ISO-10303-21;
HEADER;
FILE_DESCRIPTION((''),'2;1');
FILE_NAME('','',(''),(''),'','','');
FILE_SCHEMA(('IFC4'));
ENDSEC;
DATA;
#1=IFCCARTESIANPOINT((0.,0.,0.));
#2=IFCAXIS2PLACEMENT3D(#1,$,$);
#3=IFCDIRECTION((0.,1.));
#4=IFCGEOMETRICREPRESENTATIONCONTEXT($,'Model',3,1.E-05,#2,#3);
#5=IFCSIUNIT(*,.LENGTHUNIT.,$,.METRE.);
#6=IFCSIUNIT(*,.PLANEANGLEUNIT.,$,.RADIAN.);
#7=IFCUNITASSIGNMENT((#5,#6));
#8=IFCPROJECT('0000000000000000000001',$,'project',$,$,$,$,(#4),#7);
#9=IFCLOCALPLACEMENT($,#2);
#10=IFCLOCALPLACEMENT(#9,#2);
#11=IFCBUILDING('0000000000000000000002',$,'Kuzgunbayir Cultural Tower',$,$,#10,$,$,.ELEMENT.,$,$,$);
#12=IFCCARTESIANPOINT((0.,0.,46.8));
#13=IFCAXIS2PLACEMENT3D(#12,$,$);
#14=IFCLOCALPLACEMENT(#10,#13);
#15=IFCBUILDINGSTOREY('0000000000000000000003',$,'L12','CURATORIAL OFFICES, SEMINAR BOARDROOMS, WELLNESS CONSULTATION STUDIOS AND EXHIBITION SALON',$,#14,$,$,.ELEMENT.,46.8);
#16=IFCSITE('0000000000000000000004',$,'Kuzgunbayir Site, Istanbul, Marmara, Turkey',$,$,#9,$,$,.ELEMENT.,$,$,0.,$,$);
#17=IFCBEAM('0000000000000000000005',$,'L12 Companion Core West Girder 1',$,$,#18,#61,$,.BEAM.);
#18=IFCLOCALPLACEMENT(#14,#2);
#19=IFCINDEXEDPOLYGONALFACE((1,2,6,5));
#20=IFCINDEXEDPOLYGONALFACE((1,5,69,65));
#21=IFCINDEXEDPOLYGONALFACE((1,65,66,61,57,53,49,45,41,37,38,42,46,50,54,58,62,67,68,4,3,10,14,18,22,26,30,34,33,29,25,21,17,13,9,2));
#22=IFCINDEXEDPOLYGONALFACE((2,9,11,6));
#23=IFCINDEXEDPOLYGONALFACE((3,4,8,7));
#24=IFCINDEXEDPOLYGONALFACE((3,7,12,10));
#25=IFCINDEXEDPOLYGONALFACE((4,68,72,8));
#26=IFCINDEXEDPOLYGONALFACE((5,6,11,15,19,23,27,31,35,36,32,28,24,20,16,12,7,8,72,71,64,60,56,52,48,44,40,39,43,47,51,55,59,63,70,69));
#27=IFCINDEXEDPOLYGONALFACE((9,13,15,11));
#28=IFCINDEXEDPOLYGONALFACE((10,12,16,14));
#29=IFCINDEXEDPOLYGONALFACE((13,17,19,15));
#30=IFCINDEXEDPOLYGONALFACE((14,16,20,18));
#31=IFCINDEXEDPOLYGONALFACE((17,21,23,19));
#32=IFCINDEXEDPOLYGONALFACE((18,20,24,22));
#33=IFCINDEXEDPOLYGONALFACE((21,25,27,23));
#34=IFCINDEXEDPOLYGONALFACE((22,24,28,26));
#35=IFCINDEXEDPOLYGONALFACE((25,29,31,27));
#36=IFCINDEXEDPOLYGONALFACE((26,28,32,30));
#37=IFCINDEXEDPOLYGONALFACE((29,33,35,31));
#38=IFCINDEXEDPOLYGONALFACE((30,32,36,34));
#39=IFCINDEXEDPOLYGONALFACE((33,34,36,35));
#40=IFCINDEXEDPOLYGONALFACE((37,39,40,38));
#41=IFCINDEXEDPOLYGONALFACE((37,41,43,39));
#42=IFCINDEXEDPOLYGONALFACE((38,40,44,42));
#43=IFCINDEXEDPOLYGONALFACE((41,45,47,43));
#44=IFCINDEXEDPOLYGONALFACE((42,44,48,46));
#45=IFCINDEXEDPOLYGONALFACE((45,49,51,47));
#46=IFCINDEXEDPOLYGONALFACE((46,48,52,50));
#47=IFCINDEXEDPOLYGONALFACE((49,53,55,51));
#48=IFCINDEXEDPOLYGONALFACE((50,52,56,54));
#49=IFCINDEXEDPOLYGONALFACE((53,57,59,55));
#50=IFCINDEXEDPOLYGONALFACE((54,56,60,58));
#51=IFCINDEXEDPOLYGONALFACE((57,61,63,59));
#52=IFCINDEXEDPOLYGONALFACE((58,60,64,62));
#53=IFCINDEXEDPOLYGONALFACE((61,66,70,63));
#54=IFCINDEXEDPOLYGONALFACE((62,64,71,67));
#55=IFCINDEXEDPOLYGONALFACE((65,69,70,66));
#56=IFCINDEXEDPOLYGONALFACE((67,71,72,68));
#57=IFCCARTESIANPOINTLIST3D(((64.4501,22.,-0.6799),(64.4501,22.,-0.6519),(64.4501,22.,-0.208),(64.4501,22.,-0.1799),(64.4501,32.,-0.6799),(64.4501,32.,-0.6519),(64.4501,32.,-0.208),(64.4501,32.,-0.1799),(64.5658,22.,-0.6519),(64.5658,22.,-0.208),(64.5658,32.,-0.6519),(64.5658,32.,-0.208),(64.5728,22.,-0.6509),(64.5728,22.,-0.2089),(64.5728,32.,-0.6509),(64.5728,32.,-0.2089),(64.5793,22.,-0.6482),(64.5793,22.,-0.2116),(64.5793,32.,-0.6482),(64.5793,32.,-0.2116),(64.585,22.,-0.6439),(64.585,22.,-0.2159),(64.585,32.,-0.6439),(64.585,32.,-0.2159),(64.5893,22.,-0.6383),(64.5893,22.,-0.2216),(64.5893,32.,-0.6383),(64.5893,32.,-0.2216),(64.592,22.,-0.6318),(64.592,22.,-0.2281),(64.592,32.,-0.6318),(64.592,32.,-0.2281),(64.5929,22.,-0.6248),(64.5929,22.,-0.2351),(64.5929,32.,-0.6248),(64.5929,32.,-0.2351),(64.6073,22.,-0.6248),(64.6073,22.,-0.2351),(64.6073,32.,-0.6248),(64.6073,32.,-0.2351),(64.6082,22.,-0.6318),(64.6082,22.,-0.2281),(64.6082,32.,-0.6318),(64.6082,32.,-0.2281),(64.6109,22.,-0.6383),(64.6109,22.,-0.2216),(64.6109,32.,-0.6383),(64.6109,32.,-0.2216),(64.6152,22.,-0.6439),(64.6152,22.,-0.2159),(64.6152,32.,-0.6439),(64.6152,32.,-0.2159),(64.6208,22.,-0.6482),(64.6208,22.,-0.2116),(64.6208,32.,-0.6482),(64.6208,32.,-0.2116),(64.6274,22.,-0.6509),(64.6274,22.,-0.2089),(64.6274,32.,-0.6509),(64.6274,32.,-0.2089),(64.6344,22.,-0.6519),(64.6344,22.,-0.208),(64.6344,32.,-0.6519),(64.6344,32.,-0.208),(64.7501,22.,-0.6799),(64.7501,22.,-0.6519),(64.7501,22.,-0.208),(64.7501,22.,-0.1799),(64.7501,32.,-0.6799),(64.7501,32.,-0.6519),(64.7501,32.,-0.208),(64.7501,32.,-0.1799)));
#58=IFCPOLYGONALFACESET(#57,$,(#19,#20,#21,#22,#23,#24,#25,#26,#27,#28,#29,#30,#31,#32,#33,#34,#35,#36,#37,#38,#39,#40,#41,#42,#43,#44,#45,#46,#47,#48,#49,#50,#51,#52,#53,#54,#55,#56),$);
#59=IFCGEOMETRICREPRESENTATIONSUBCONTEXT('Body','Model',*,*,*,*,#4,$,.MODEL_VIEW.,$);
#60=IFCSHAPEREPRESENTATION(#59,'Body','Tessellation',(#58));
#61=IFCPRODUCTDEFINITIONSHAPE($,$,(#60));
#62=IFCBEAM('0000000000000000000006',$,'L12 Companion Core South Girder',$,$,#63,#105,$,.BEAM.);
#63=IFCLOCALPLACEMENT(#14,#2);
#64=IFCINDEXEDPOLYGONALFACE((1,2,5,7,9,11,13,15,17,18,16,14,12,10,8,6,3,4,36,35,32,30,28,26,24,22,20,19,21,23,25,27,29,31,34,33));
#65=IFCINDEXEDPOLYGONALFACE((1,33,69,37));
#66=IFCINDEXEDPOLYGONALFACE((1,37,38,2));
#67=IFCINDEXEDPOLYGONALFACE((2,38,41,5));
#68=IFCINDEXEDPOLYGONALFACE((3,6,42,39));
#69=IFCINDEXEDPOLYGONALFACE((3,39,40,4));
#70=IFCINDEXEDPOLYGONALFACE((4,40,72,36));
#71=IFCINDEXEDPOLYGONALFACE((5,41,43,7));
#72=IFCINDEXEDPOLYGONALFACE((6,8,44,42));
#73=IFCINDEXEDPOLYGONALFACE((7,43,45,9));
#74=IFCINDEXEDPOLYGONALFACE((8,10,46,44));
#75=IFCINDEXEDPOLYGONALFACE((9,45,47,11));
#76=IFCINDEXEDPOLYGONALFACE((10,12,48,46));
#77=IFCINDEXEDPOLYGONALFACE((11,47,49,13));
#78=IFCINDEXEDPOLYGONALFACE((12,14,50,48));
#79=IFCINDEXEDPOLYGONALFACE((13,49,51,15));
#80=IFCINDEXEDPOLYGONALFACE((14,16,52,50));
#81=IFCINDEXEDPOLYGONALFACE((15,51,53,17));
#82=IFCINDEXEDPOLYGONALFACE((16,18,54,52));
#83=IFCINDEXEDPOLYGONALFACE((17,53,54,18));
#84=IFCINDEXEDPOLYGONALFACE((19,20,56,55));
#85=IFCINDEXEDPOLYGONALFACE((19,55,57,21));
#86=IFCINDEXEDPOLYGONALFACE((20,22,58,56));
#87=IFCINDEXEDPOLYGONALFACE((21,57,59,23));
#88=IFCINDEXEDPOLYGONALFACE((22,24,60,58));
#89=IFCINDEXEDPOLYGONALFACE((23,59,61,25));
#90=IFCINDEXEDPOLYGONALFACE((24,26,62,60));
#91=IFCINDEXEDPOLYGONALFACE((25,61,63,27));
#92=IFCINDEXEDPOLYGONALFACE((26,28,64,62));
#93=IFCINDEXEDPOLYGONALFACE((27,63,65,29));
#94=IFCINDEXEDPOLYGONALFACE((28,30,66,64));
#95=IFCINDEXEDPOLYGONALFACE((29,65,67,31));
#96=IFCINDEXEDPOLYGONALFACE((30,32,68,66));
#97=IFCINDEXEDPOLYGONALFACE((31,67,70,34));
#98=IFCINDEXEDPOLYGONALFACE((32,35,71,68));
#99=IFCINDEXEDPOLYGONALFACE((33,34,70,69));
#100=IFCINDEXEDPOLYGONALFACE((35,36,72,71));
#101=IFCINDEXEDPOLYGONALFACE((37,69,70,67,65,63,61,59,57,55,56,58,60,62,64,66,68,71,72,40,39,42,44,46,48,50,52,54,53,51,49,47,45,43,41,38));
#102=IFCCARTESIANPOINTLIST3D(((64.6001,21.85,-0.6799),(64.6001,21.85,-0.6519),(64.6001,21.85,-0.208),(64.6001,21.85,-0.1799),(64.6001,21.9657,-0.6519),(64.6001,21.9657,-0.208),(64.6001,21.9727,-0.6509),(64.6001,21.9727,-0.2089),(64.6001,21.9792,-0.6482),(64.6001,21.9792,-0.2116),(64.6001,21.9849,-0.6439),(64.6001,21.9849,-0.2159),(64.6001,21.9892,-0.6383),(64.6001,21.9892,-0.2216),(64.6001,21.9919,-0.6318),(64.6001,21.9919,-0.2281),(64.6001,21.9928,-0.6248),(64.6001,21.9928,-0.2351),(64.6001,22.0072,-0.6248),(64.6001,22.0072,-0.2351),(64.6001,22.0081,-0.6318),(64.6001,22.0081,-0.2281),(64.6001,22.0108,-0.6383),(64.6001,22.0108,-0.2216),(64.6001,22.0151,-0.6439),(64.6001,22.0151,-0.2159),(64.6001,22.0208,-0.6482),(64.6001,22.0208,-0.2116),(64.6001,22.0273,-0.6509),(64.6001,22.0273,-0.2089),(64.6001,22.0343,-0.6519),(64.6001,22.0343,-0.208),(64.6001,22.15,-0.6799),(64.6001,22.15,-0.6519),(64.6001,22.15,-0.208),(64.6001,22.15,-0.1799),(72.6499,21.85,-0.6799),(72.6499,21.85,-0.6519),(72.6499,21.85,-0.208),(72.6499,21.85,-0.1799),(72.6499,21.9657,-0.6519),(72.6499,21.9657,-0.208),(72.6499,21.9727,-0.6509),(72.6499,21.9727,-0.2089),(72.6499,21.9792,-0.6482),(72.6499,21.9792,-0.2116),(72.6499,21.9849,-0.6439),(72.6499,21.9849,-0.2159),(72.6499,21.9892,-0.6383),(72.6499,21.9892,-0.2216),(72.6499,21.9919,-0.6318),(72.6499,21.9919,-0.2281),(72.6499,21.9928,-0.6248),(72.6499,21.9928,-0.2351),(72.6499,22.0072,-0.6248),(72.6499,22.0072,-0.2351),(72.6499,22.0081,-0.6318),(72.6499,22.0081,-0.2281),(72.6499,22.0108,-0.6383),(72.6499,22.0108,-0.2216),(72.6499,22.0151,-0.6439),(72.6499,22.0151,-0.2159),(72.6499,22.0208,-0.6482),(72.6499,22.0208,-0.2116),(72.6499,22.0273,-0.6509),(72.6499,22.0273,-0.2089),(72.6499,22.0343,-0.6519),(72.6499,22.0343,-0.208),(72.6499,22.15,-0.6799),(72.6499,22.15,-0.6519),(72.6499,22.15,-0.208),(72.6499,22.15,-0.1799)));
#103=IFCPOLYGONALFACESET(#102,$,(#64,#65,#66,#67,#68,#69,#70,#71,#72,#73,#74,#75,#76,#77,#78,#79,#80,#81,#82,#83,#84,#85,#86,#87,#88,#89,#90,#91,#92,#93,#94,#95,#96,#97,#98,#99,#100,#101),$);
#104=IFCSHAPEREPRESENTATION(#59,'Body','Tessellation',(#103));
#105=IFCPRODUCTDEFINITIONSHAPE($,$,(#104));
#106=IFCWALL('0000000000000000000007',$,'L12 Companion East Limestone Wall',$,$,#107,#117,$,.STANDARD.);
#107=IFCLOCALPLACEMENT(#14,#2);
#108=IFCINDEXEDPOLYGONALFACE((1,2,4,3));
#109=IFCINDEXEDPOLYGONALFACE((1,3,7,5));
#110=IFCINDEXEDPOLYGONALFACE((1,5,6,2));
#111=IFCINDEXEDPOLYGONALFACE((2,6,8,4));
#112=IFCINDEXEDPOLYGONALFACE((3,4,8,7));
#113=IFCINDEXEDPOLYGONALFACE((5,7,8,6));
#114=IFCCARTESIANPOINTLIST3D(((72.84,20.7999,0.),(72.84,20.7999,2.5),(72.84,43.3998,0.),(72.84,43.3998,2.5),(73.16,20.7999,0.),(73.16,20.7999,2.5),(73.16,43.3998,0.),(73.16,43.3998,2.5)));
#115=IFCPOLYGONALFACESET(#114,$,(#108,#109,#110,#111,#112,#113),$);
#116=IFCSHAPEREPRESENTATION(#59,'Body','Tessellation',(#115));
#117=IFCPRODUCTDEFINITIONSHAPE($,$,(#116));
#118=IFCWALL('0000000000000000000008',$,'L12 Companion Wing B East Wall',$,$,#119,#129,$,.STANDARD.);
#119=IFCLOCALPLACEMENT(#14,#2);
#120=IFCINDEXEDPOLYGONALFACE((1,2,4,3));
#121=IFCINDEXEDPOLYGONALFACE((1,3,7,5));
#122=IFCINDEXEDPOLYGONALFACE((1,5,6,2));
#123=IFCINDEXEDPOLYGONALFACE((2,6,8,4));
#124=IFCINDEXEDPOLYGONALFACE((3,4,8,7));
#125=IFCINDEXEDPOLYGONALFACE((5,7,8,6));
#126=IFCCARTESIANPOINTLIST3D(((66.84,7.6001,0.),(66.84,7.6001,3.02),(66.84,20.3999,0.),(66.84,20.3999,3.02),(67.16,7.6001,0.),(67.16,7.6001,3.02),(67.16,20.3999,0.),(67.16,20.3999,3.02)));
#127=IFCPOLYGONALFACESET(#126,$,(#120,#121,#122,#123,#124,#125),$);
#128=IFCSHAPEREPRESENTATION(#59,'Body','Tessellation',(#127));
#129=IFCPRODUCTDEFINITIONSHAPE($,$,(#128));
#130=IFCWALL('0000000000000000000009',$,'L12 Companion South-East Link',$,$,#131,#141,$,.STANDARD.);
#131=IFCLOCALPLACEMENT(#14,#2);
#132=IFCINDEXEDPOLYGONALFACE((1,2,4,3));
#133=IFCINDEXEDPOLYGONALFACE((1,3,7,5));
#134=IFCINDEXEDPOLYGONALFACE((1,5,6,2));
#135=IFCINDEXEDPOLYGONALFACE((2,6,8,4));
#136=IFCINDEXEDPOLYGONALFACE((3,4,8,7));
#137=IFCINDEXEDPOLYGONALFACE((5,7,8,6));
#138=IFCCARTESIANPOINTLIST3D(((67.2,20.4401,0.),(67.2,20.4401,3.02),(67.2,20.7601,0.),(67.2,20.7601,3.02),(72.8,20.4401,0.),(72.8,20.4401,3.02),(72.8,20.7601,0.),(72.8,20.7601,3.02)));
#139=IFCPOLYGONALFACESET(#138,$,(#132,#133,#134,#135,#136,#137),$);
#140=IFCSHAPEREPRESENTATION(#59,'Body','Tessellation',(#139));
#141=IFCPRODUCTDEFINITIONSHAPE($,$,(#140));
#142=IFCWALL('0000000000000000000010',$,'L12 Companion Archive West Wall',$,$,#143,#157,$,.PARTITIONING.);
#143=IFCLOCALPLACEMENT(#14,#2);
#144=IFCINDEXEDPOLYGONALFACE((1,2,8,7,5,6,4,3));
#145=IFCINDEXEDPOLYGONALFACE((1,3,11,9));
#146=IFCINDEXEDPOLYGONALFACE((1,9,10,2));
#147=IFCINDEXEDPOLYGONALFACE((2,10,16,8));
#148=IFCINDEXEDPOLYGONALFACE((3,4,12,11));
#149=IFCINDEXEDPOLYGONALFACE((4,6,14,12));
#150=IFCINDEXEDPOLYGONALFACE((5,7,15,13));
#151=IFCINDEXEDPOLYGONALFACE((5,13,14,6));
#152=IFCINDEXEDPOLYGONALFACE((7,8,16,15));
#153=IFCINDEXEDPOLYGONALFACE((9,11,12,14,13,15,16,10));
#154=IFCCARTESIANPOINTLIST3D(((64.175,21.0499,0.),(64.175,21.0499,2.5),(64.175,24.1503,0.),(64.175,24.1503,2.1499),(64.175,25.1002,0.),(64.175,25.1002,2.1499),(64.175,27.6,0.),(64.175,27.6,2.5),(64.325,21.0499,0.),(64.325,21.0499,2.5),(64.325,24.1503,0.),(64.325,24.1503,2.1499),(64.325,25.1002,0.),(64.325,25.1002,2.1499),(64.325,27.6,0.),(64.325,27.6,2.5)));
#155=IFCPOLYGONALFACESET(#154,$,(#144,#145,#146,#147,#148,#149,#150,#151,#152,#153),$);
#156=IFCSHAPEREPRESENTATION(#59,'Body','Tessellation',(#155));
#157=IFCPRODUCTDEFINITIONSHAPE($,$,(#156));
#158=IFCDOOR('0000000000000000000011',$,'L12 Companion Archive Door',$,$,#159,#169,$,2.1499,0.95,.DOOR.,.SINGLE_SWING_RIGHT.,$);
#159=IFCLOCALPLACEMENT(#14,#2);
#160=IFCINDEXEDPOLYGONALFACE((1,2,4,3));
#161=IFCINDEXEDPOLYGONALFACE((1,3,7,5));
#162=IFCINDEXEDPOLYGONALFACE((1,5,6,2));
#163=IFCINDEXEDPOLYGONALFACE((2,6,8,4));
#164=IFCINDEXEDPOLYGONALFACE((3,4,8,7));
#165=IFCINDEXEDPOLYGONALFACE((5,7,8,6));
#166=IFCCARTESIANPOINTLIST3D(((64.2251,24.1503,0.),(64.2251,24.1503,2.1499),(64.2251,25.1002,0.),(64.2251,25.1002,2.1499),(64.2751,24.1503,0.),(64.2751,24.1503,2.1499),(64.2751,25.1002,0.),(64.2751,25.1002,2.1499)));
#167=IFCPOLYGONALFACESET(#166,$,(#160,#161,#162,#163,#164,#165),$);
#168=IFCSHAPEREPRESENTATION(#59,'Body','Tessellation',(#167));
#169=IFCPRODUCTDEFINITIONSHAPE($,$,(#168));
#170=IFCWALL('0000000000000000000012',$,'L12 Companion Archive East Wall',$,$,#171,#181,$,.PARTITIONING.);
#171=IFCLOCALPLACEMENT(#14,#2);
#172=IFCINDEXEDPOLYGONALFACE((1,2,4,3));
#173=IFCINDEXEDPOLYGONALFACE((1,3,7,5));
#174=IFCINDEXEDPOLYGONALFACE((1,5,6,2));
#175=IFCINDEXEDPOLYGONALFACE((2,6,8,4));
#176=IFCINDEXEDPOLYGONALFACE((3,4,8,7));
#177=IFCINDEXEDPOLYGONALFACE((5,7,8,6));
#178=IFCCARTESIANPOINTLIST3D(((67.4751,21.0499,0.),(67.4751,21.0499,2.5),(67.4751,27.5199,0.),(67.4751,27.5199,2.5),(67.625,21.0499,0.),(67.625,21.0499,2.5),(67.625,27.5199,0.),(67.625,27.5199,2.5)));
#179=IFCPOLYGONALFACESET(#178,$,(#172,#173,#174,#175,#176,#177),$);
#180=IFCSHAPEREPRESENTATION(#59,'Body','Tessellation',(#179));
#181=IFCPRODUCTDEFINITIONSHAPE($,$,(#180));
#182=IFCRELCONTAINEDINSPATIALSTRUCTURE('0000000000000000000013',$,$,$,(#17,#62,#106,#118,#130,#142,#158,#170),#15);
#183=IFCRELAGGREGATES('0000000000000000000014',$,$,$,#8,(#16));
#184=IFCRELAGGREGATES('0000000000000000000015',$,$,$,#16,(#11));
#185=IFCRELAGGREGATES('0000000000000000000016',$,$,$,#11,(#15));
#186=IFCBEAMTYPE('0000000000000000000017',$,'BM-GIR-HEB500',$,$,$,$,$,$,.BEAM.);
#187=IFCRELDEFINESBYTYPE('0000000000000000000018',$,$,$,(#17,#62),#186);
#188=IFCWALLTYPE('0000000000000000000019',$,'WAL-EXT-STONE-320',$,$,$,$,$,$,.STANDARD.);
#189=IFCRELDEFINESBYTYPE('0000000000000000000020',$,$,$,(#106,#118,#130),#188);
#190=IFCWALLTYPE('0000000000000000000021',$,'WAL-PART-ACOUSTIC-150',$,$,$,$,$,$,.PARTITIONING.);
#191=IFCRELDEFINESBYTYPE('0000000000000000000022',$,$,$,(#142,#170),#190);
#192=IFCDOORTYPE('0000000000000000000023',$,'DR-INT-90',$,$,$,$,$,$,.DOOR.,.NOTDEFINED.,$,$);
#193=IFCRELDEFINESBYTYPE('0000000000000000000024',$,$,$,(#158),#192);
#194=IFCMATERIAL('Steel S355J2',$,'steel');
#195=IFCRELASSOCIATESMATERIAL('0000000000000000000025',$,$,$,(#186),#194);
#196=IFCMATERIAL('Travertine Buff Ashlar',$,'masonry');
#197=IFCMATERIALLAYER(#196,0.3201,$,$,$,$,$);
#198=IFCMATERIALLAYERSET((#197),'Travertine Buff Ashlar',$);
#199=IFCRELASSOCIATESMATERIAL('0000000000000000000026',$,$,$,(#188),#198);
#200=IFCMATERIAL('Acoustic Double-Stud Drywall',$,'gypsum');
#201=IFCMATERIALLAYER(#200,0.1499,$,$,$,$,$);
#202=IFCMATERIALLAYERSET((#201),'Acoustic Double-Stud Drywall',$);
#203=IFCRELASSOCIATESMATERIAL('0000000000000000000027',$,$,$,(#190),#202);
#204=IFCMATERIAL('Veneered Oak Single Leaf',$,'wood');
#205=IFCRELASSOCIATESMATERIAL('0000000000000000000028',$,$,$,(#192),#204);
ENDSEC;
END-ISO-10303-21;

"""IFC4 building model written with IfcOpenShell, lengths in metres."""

from ifc_helpers import new_model, si_unit, direction, frame, frame_2d, origin, origin_2d, place, context, subcontext, project, spatial, rectangle, i_section, extrude, material, layer, layer_set, material_profile, profile_set, type_object, element, fill, save


model = new_model("IFC4")

# Units and contexts
model_context = context("Model", 3, precision=1e-05, world=origin(), true_north=direction((0.0, 1.0)))
body_context = subcontext(model_context, "Body", "Model", "MODEL_VIEW")
ifc_project = project(units=[si_unit("LENGTHUNIT", "METRE"), si_unit("PLANEANGLEUNIT", "RADIAN")], contexts=[model_context])

# Site, building, storey
site_placement = place(None, origin())
site = spatial("IfcSite", under=ifc_project, at=site_placement, Name="Kuzgunbayir Site, Istanbul, Marmara, Turkey", CompositionType="ELEMENT", RefElevation=0.0)
building_placement = place(site_placement, origin())
building = spatial("IfcBuilding", under=site, at=building_placement, Name="Kuzgunbayir Cultural Tower", CompositionType="ELEMENT")
storey_placement = place(building_placement, frame((0.0, 0.0, 46.8)))
storey = spatial("IfcBuildingStorey", under=building, at=storey_placement, Name="L12", Description="CURATORIAL OFFICES, SEMINAR BOARDROOMS, WELLNESS CONSULTATION STUDIOS AND EXHIBITION SALON", CompositionType="ELEMENT", Elevation=46.8)

# Beams
ifc_material_1 = material(Name="Steel S355J2", Category="steel")
ifc_material_profile_1 = material_profile(ifc_material_1, i_section(OverallWidth=0.3, OverallDepth=0.5, WebThickness=0.0144, FlangeThickness=0.0281, FilletRadius=0.0271, at=origin_2d()), Name="HEB 500")
ifc_profile_set_1 = profile_set([ifc_material_profile_1], Name="Steel S355J2")
beam_type_1 = type_object("IfcBeamType", Name="BM-GIR-HEB500", PredefinedType="BEAM", material=ifc_profile_set_1)
beam_1_placement = place(storey_placement, frame((64.6001, 22.0, -0.4299), z_axis=(0.0, 1.0, 0.0), x_axis=(-1.0, 0.0, 0.0)))
element("IfcBeam", 1, at=beam_1_placement, inside=storey, type_object=beam_type_1, Name="L12 Companion Core West Girder 1", PredefinedType="BEAM", context=body_context, shape_type="SweptSolid", body=[
    extrude(i_section(OverallWidth=0.3, OverallDepth=0.5, WebThickness=0.0144, FlangeThickness=0.0281, FilletRadius=0.0271, at=origin_2d()), origin(), (0.0, 0.0, 1.0), 10.0),
])
beam_2_placement = place(storey_placement, frame((64.6001, 22.0, -0.4299), z_axis=(1.0, 0.0, 0.0), x_axis=(0.0, 1.0, 0.0)))
element("IfcBeam", 2, at=beam_2_placement, inside=storey, type_object=beam_type_1, Name="L12 Companion Core South Girder", PredefinedType="BEAM", context=body_context, shape_type="SweptSolid", body=[
    extrude(i_section(OverallWidth=0.3, OverallDepth=0.5, WebThickness=0.0144, FlangeThickness=0.0281, FilletRadius=0.0271, at=origin_2d()), origin(), (0.0, 0.0, 1.0), 8.0498),
])

# Walls
ifc_material_2 = material(Name="Travertine Buff Ashlar", Category="masonry")
ifc_layer_1 = layer(ifc_material_2, 0.3201)
ifc_layer_set_1 = layer_set([ifc_layer_1], Name="Travertine Buff Ashlar")
wall_type_1 = type_object("IfcWallType", Name="WAL-EXT-STONE-320", PredefinedType="STANDARD", material=ifc_layer_set_1)
wall_1_placement = place(storey_placement, frame((73.0, 20.8, 0.0), z_axis=(0.0, 0.0, 1.0), x_axis=(0.0, 1.0, 0.0)))
element("IfcWall", 3, at=wall_1_placement, inside=storey, type_object=wall_type_1, Name="L12 Companion East Limestone Wall", PredefinedType="STANDARD", context=body_context, shape_type="SweptSolid", body=[
    extrude(rectangle(XDim=22.5999, YDim=0.3201, at=frame_2d((11.2998, 0.0))), origin(), (0.0, 0.0, 1.0), 2.5),
])
wall_2_placement = place(storey_placement, frame((67.0, 7.6001, 0.0), z_axis=(0.0, 0.0, 1.0), x_axis=(0.0, 1.0, 0.0)))
element("IfcWall", 4, at=wall_2_placement, inside=storey, type_object=wall_type_1, Name="L12 Companion Wing B East Wall", PredefinedType="STANDARD", context=body_context, shape_type="SweptSolid", body=[
    extrude(rectangle(XDim=12.7998, YDim=0.3201, at=frame_2d((6.3999, 0.0))), origin(), (0.0, 0.0, 1.0), 3.02),
])
wall_3_placement = place(storey_placement, frame((67.2, 20.6001, 0.0), z_axis=(0.0, 0.0, 1.0), x_axis=(1.0, 0.0, 0.0)))
element("IfcWall", 5, at=wall_3_placement, inside=storey, type_object=wall_type_1, Name="L12 Companion South-East Link", PredefinedType="STANDARD", context=body_context, shape_type="SweptSolid", body=[
    extrude(rectangle(XDim=5.6001, YDim=0.3201, at=frame_2d((2.8, 0.0))), origin(), (0.0, 0.0, 1.0), 3.02),
])

# Wall, opening, door
ifc_material_3 = material(Name="Acoustic Double-Stud Drywall", Category="gypsum")
ifc_layer_2 = layer(ifc_material_3, 0.1499)
ifc_layer_set_2 = layer_set([ifc_layer_2], Name="Acoustic Double-Stud Drywall")
wall_type_2 = type_object("IfcWallType", Name="WAL-PART-ACOUSTIC-150", PredefinedType="PARTITIONING", material=ifc_layer_set_2)
wall_4_placement = place(storey_placement, frame((64.25, 21.05, 0.0), z_axis=(0.0, 0.0, 1.0), x_axis=(0.0, 1.0, 0.0)))
wall_4 = element("IfcWall", 6, at=wall_4_placement, inside=storey, type_object=wall_type_2, Name="L12 Companion Archive West Wall", PredefinedType="PARTITIONING", context=body_context, shape_type="SweptSolid", body=[
    extrude(rectangle(XDim=6.55, YDim=0.1499, at=frame_2d((3.2749, 0.0))), origin(), (0.0, 0.0, 1.0), 2.5),
])
opening_1_placement = place(wall_4_placement, frame((3.1001, 0.0, 0.0)))
opening_1 = element("IfcOpeningElement", 7, at=opening_1_placement, cuts=wall_4, PredefinedType="OPENING", context=body_context, shape_type="SweptSolid", body=[
    extrude(rectangle(XDim=0.95, YDim=2.1499, at=frame_2d((0.4751, 1.075))), frame((0.0, 0.085, 0.0), z_axis=(0.0, -1.0, 0.0), x_axis=(1.0, 0.0, 0.0)), (0.0, 0.0, 1.0), 0.1699),
])
ifc_material_4 = material(Name="Veneered Oak Single Leaf", Category="wood")
door_type_1 = type_object("IfcDoorType", Name="DR-INT-90", OperationType="NOTDEFINED", PredefinedType="DOOR", material=ifc_material_4)
door_1_placement = place(opening_1_placement, origin())
door_1 = element("IfcDoor", 8, at=door_1_placement, inside=storey, type_object=door_type_1, Name="L12 Companion Archive Door", OperationType="SINGLE_SWING_RIGHT", OverallHeight=2.1499, OverallWidth=0.95, PredefinedType="DOOR", context=body_context, shape_type="SweptSolid", body=[
    extrude(rectangle(XDim=0.95, YDim=2.1499, at=frame_2d((0.4751, 1.075))), frame((0.0, 0.0249, 0.0), z_axis=(0.0, -1.0, 0.0), x_axis=(1.0, 0.0, 0.0)), (0.0, 0.0, 1.0), 0.05),
])
fill(opening_1, door_1)

# Wall
wall_5_placement = place(storey_placement, frame((67.55, 21.05, 0.0), z_axis=(0.0, 0.0, 1.0), x_axis=(0.0, 1.0, 0.0)))
element("IfcWall", 9, at=wall_5_placement, inside=storey, type_object=wall_type_2, Name="L12 Companion Archive East Wall", PredefinedType="PARTITIONING", context=body_context, shape_type="SweptSolid", body=[
    extrude(rectangle(XDim=6.47, YDim=0.1499, at=frame_2d((3.2349, 0.0))), origin(), (0.0, 0.0, 1.0), 2.5),
])

save(model, "model.ifc")
